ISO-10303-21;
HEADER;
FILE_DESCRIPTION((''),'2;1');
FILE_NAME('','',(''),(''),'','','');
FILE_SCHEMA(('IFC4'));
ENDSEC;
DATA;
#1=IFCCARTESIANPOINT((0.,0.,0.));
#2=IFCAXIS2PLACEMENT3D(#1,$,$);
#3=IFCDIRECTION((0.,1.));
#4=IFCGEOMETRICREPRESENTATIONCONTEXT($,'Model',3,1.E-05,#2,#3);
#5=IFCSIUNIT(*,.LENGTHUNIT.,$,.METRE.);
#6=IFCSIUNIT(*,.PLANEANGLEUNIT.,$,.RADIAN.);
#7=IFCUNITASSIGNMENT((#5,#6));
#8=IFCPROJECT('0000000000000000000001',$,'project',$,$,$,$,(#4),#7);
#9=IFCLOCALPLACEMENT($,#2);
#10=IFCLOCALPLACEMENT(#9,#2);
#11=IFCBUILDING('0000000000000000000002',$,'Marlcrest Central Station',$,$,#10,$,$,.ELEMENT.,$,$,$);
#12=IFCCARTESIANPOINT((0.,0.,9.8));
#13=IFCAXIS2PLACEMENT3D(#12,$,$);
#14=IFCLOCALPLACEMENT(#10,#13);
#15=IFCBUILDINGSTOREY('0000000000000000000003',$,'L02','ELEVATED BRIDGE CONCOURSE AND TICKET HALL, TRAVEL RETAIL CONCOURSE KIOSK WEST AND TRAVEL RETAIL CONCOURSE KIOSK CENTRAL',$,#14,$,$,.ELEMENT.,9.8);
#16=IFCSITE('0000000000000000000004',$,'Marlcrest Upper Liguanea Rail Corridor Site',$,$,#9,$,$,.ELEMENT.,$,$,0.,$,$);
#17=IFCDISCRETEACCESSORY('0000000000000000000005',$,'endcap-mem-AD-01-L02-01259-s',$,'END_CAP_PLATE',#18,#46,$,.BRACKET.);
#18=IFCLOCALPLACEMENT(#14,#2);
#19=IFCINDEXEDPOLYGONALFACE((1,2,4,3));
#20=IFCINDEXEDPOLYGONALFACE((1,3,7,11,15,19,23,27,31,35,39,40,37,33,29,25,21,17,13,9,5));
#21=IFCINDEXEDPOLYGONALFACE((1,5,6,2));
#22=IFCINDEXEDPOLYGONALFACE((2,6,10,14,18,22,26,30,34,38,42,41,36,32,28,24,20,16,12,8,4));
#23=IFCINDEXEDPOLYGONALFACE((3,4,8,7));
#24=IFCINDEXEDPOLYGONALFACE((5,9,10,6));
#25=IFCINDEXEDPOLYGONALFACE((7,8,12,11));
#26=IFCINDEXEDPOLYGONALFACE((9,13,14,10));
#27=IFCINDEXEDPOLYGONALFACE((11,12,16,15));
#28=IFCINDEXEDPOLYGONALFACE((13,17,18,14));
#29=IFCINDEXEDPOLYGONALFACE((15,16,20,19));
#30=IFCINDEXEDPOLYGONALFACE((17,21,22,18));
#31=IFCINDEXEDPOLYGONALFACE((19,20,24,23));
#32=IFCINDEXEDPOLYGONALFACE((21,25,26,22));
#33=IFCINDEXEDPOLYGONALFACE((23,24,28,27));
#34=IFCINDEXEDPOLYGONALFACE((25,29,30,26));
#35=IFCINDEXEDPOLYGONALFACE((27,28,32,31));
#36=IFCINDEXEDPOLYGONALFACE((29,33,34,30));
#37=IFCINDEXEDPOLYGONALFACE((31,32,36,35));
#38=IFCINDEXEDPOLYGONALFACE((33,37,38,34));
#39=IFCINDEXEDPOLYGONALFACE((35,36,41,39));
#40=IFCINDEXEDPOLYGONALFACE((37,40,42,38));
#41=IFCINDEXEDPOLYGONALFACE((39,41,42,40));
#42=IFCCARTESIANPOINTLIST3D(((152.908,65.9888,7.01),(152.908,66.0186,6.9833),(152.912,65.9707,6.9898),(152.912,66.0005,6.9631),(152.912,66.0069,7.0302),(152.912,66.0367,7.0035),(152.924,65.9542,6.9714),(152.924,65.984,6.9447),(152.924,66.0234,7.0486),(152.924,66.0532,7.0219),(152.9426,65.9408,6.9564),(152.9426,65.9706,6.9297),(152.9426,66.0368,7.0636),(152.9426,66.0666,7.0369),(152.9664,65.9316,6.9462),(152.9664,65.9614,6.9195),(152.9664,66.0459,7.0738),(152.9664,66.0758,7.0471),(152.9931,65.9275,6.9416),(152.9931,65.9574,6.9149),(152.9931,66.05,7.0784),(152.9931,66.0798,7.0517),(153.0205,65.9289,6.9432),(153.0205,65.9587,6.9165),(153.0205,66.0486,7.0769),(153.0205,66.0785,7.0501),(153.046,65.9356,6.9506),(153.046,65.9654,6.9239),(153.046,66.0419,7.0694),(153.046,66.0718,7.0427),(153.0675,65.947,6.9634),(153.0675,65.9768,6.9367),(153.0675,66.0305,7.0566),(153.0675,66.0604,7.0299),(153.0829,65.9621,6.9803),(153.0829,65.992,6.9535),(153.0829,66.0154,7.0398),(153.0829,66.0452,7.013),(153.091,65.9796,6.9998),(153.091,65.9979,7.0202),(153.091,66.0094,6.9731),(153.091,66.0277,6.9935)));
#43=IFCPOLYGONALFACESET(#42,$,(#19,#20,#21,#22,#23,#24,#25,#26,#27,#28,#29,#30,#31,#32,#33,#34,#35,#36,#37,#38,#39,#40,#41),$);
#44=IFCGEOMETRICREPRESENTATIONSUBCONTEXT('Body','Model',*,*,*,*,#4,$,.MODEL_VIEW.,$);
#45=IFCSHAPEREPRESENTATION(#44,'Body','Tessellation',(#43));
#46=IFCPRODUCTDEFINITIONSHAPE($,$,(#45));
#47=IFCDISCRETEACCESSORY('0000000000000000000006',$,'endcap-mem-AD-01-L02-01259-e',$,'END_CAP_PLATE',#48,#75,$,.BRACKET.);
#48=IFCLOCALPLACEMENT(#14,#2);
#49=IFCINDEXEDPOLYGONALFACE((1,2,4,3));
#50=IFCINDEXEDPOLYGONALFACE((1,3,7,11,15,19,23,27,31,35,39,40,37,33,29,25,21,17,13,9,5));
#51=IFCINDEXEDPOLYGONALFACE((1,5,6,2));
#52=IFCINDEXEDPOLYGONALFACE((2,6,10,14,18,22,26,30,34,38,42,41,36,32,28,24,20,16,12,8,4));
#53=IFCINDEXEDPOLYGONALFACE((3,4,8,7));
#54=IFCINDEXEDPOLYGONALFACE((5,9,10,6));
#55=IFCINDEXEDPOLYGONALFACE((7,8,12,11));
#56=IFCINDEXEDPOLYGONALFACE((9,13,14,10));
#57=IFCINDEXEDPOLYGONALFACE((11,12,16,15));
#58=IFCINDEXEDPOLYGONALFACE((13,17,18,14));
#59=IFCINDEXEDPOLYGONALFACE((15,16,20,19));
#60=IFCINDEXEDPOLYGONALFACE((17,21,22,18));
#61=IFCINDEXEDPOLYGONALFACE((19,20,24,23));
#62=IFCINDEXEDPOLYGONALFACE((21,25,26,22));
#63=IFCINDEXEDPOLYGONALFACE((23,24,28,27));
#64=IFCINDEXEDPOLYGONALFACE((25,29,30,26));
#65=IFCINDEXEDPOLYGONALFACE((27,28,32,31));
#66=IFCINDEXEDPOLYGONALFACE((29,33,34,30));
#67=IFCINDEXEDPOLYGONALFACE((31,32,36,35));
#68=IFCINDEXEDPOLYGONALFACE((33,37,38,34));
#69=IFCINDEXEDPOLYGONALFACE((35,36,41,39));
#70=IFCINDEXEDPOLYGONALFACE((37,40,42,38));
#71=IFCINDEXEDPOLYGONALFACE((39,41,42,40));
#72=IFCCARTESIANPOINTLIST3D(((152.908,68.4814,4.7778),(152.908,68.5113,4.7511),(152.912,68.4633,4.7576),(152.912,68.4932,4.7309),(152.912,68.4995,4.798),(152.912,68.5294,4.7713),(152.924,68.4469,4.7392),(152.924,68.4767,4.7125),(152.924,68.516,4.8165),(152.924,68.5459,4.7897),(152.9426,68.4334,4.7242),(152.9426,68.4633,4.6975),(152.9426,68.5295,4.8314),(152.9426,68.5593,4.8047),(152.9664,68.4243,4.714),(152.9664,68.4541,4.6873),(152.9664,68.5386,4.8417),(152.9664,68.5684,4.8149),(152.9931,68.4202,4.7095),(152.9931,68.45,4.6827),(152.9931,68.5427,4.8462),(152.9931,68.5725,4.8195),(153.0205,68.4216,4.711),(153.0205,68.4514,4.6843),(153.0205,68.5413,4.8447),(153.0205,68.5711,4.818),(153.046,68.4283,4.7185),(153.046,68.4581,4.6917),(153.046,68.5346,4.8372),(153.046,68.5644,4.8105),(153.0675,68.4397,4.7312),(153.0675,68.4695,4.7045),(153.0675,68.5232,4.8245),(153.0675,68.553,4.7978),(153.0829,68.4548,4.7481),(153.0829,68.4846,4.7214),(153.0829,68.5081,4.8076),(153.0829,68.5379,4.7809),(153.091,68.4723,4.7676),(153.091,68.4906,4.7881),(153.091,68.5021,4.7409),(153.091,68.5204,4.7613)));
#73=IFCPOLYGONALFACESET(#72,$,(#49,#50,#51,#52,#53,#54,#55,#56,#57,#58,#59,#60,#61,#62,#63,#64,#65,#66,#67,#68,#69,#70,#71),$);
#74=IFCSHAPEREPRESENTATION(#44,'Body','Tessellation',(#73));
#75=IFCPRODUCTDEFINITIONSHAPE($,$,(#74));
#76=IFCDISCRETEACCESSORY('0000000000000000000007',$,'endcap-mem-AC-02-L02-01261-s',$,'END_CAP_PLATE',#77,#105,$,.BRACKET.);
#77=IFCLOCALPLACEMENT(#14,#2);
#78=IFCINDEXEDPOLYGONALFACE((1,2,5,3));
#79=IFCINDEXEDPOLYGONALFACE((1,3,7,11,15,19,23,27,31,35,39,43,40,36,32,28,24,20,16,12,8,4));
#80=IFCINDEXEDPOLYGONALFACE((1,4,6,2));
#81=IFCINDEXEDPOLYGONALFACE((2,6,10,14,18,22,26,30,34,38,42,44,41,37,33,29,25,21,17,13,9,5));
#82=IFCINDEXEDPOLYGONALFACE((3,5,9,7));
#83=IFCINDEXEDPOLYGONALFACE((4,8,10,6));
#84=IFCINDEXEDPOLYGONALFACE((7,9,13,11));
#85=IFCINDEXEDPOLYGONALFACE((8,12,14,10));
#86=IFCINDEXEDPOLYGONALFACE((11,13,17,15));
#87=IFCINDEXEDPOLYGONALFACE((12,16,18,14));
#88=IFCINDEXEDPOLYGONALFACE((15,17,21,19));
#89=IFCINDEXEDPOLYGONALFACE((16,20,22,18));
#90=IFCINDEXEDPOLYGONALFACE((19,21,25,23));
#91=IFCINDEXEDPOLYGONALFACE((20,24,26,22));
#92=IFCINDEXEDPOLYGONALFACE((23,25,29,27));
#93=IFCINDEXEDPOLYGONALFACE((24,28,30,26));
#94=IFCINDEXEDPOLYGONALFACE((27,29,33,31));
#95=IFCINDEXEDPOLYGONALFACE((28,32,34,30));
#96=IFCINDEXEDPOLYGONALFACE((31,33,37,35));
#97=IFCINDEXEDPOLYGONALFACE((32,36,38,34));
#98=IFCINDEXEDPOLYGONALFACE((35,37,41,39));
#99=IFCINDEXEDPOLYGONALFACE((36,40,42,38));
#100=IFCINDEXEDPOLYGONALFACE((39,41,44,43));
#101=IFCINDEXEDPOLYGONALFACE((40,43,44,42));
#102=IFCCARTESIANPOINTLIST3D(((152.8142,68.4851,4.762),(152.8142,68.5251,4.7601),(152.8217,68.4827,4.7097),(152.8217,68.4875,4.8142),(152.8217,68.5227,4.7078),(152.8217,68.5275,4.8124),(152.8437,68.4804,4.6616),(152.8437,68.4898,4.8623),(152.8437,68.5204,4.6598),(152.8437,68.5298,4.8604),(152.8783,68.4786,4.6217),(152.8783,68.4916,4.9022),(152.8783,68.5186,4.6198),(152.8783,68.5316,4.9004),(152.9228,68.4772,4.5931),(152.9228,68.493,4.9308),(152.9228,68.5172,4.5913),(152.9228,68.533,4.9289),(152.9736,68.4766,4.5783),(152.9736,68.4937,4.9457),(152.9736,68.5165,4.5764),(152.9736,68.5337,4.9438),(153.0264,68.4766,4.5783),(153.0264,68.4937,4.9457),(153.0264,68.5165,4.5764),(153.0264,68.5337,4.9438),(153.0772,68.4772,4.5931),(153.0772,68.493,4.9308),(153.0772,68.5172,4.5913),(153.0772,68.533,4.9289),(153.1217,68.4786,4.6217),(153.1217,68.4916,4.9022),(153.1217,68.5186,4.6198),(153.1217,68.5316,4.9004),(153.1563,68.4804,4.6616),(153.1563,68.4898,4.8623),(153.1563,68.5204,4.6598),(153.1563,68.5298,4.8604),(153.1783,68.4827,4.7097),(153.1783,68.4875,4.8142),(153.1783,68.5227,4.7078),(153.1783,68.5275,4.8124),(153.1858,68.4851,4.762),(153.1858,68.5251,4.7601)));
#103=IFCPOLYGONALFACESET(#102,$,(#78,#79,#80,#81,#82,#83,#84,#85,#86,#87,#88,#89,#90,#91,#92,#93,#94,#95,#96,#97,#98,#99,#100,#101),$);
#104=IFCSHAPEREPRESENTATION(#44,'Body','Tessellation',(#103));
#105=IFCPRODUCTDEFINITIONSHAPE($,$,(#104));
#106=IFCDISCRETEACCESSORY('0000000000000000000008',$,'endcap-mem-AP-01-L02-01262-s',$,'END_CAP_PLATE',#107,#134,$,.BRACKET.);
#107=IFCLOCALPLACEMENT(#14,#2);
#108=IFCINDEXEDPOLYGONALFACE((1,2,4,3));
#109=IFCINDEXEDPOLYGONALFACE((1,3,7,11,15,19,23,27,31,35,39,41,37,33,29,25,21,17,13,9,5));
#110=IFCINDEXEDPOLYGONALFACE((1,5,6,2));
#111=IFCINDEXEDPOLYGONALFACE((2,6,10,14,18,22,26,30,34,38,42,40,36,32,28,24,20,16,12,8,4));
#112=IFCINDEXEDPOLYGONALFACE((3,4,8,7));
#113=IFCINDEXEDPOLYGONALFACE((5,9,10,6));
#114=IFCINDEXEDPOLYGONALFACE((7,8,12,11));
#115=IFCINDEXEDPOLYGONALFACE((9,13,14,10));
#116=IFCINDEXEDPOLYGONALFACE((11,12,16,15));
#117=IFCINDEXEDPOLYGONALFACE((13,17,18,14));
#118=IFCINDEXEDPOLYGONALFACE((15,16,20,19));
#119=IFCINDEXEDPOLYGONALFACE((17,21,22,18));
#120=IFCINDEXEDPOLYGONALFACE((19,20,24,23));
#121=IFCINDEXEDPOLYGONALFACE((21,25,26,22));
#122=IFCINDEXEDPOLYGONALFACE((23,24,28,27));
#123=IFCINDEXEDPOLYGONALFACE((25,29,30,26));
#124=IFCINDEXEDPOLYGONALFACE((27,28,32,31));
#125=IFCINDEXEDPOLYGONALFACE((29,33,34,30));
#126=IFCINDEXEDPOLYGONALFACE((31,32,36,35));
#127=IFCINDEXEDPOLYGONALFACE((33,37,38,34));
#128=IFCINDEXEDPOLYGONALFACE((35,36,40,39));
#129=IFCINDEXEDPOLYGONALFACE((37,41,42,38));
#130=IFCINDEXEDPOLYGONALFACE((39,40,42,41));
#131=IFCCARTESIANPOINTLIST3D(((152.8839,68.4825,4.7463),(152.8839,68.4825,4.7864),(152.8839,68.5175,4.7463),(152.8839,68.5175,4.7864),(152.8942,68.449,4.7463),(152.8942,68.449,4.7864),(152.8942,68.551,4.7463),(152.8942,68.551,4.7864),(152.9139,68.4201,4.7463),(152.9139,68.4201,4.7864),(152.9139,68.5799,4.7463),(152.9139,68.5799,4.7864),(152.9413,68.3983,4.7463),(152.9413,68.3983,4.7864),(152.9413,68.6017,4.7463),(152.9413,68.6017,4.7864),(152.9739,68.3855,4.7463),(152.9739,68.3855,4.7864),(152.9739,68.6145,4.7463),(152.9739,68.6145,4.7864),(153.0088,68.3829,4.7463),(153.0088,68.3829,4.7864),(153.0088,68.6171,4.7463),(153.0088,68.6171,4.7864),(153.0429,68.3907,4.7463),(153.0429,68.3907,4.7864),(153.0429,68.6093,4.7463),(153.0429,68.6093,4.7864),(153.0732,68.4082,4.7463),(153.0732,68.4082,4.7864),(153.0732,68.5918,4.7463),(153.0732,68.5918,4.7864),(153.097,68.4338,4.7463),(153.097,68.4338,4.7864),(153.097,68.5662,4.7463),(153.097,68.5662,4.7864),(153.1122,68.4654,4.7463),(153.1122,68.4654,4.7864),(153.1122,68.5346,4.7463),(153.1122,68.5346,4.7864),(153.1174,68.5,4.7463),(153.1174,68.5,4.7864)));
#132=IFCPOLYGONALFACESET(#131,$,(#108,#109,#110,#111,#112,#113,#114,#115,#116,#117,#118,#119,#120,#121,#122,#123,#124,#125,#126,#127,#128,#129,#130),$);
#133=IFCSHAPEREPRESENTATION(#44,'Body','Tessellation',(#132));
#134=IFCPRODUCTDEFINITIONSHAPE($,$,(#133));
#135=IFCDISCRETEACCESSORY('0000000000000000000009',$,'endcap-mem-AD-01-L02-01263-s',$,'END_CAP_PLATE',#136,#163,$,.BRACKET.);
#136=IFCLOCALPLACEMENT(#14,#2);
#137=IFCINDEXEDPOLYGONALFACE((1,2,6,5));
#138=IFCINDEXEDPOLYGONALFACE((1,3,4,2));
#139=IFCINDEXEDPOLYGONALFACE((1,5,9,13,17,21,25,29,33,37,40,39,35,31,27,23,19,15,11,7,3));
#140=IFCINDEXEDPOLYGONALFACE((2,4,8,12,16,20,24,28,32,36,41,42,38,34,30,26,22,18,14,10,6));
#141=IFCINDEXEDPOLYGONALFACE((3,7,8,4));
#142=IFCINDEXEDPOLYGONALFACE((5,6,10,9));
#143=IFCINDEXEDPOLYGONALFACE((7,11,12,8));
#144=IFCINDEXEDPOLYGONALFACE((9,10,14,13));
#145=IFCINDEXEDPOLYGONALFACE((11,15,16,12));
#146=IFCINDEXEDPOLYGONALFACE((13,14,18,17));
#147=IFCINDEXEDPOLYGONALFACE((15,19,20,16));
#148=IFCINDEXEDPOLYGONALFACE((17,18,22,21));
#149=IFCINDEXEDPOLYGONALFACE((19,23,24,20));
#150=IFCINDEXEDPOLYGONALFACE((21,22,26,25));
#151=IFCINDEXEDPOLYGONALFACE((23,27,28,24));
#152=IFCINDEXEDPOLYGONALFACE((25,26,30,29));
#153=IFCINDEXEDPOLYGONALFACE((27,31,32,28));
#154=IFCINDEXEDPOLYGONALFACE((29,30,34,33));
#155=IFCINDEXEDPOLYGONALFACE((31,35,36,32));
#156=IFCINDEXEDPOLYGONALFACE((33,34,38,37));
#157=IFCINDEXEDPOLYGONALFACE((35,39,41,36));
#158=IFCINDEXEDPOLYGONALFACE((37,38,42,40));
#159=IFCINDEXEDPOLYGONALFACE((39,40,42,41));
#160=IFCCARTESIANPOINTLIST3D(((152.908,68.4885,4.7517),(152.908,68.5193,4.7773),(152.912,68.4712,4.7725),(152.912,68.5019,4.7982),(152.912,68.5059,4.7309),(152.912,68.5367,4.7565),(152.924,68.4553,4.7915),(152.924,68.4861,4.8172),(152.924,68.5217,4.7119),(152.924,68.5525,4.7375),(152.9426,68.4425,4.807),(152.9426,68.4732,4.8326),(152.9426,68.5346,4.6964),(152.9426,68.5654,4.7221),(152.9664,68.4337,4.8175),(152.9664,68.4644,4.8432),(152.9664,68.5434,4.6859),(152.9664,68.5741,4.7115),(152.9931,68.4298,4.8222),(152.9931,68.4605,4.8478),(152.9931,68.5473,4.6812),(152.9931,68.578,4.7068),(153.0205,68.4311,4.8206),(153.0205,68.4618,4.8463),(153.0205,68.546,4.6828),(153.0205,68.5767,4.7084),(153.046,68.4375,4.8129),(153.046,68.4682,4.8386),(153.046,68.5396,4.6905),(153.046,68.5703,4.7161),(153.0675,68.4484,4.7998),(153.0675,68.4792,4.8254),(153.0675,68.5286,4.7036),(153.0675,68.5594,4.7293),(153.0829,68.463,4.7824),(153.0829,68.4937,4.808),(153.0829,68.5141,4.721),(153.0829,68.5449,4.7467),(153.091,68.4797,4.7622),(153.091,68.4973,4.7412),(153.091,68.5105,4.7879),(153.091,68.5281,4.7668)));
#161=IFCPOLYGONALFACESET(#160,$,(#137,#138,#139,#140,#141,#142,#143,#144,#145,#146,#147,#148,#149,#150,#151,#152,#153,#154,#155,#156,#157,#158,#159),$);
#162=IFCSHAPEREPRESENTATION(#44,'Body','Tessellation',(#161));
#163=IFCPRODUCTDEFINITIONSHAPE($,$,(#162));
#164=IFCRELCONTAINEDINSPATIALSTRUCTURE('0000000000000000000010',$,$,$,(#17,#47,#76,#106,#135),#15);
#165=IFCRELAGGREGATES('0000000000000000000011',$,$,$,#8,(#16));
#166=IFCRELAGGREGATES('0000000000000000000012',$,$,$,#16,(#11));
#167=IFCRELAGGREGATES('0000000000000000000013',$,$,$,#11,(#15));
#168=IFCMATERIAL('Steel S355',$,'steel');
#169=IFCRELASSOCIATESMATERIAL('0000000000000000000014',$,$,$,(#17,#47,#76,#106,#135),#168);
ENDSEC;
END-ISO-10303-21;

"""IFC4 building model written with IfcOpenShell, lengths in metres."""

from ifc_helpers import new_model, si_unit, direction, frame, origin, origin_2d, place, context, subcontext, project, spatial, circle, extrude, material, element, save


model = new_model("IFC4")

# Units and contexts
model_context = context("Model", 3, precision=1e-05, world=origin(), true_north=direction((0.0, 1.0)))
body_context = subcontext(model_context, "Body", "Model", "MODEL_VIEW")
ifc_project = project(units=[si_unit("LENGTHUNIT", "METRE"), si_unit("PLANEANGLEUNIT", "RADIAN")], contexts=[model_context])

# Site, building, storey
site_placement = place(None, origin())
site = spatial("IfcSite", under=ifc_project, at=site_placement, Name="Marlcrest Upper Liguanea Rail Corridor Site", CompositionType="ELEMENT", RefElevation=0.0)
building_placement = place(site_placement, origin())
building = spatial("IfcBuilding", under=site, at=building_placement, Name="Marlcrest Central Station", CompositionType="ELEMENT")
storey_placement = place(building_placement, frame((0.0, 0.0, 9.8)))
storey = spatial("IfcBuildingStorey", under=building, at=storey_placement, Name="L02", Description="ELEVATED BRIDGE CONCOURSE AND TICKET HALL, TRAVEL RETAIL CONCOURSE KIOSK WEST AND TRAVEL RETAIL CONCOURSE KIOSK CENTRAL", CompositionType="ELEMENT", Elevation=9.8)

# Shared definitions
ifc_material = material(Name="Steel S355", Category="steel")

# Discrete accessories
for number, where, z_axis, x_axis, name in (
    (1, (153.0, 65.9888, 7.01), (0.0, 0.744956, -0.667114), (-1.0, 0.0, 0.0), "endcap-mem-AD-01-L02-01259-s"),
    (2, (153.0, 68.4814, 4.7778), (0.0, 0.744956, -0.667114), (-1.0, 0.0, 0.0), "endcap-mem-AD-01-L02-01259-e"),
):
    element("IfcDiscreteAccessory", number, at=place(storey_placement, frame(where, z_axis=z_axis, x_axis=x_axis)), inside=storey, material=ifc_material, Name=name, ObjectType="END_CAP_PLATE", PredefinedType="BRACKET", context=body_context, shape_type="SweptSolid", body=[
        extrude(circle(Radius=0.092, at=origin_2d()), origin(), (0.0, 0.0, 1.0), 0.04),
    ])
discrete_accessory_1_placement = place(storey_placement, frame((153.0, 68.4851, 4.762), z_axis=(0.0, 0.998917, -0.046532), x_axis=(-1.0, 0.0, 0.0)))
element("IfcDiscreteAccessory", 3, at=discrete_accessory_1_placement, inside=storey, material=ifc_material, Name="endcap-mem-AC-02-L02-01261-s", ObjectType="END_CAP_PLATE", PredefinedType="BRACKET", context=body_context, shape_type="SweptSolid", body=[
    extrude(circle(Radius=0.1858, at=origin_2d()), origin(), (0.0, 0.0, 1.0), 0.04),
])
discrete_accessory_2_placement = place(storey_placement, frame((153.0, 68.5, 4.7463), z_axis=(0.0, 0.0, 1.0), x_axis=(1.0, 0.0, 0.0)))
element("IfcDiscreteAccessory", 4, at=discrete_accessory_2_placement, inside=storey, material=ifc_material, Name="endcap-mem-AP-01-L02-01262-s", ObjectType="END_CAP_PLATE", PredefinedType="BRACKET", context=body_context, shape_type="SweptSolid", body=[
    extrude(circle(Radius=0.1174, at=origin_2d()), origin(), (0.0, 0.0, 1.0), 0.04),
])
discrete_accessory_3_placement = place(storey_placement, frame((153.0, 68.4885, 4.7517), z_axis=(0.0, 0.76816, 0.640258), x_axis=(-1.0, 0.0, 0.0)))
element("IfcDiscreteAccessory", 5, at=discrete_accessory_3_placement, inside=storey, material=ifc_material, Name="endcap-mem-AD-01-L02-01263-s", ObjectType="END_CAP_PLATE", PredefinedType="BRACKET", context=body_context, shape_type="SweptSolid", body=[
    extrude(circle(Radius=0.092, at=origin_2d()), origin(), (0.0, 0.0, 1.0), 0.04),
])

save(model, "model.ifc")
